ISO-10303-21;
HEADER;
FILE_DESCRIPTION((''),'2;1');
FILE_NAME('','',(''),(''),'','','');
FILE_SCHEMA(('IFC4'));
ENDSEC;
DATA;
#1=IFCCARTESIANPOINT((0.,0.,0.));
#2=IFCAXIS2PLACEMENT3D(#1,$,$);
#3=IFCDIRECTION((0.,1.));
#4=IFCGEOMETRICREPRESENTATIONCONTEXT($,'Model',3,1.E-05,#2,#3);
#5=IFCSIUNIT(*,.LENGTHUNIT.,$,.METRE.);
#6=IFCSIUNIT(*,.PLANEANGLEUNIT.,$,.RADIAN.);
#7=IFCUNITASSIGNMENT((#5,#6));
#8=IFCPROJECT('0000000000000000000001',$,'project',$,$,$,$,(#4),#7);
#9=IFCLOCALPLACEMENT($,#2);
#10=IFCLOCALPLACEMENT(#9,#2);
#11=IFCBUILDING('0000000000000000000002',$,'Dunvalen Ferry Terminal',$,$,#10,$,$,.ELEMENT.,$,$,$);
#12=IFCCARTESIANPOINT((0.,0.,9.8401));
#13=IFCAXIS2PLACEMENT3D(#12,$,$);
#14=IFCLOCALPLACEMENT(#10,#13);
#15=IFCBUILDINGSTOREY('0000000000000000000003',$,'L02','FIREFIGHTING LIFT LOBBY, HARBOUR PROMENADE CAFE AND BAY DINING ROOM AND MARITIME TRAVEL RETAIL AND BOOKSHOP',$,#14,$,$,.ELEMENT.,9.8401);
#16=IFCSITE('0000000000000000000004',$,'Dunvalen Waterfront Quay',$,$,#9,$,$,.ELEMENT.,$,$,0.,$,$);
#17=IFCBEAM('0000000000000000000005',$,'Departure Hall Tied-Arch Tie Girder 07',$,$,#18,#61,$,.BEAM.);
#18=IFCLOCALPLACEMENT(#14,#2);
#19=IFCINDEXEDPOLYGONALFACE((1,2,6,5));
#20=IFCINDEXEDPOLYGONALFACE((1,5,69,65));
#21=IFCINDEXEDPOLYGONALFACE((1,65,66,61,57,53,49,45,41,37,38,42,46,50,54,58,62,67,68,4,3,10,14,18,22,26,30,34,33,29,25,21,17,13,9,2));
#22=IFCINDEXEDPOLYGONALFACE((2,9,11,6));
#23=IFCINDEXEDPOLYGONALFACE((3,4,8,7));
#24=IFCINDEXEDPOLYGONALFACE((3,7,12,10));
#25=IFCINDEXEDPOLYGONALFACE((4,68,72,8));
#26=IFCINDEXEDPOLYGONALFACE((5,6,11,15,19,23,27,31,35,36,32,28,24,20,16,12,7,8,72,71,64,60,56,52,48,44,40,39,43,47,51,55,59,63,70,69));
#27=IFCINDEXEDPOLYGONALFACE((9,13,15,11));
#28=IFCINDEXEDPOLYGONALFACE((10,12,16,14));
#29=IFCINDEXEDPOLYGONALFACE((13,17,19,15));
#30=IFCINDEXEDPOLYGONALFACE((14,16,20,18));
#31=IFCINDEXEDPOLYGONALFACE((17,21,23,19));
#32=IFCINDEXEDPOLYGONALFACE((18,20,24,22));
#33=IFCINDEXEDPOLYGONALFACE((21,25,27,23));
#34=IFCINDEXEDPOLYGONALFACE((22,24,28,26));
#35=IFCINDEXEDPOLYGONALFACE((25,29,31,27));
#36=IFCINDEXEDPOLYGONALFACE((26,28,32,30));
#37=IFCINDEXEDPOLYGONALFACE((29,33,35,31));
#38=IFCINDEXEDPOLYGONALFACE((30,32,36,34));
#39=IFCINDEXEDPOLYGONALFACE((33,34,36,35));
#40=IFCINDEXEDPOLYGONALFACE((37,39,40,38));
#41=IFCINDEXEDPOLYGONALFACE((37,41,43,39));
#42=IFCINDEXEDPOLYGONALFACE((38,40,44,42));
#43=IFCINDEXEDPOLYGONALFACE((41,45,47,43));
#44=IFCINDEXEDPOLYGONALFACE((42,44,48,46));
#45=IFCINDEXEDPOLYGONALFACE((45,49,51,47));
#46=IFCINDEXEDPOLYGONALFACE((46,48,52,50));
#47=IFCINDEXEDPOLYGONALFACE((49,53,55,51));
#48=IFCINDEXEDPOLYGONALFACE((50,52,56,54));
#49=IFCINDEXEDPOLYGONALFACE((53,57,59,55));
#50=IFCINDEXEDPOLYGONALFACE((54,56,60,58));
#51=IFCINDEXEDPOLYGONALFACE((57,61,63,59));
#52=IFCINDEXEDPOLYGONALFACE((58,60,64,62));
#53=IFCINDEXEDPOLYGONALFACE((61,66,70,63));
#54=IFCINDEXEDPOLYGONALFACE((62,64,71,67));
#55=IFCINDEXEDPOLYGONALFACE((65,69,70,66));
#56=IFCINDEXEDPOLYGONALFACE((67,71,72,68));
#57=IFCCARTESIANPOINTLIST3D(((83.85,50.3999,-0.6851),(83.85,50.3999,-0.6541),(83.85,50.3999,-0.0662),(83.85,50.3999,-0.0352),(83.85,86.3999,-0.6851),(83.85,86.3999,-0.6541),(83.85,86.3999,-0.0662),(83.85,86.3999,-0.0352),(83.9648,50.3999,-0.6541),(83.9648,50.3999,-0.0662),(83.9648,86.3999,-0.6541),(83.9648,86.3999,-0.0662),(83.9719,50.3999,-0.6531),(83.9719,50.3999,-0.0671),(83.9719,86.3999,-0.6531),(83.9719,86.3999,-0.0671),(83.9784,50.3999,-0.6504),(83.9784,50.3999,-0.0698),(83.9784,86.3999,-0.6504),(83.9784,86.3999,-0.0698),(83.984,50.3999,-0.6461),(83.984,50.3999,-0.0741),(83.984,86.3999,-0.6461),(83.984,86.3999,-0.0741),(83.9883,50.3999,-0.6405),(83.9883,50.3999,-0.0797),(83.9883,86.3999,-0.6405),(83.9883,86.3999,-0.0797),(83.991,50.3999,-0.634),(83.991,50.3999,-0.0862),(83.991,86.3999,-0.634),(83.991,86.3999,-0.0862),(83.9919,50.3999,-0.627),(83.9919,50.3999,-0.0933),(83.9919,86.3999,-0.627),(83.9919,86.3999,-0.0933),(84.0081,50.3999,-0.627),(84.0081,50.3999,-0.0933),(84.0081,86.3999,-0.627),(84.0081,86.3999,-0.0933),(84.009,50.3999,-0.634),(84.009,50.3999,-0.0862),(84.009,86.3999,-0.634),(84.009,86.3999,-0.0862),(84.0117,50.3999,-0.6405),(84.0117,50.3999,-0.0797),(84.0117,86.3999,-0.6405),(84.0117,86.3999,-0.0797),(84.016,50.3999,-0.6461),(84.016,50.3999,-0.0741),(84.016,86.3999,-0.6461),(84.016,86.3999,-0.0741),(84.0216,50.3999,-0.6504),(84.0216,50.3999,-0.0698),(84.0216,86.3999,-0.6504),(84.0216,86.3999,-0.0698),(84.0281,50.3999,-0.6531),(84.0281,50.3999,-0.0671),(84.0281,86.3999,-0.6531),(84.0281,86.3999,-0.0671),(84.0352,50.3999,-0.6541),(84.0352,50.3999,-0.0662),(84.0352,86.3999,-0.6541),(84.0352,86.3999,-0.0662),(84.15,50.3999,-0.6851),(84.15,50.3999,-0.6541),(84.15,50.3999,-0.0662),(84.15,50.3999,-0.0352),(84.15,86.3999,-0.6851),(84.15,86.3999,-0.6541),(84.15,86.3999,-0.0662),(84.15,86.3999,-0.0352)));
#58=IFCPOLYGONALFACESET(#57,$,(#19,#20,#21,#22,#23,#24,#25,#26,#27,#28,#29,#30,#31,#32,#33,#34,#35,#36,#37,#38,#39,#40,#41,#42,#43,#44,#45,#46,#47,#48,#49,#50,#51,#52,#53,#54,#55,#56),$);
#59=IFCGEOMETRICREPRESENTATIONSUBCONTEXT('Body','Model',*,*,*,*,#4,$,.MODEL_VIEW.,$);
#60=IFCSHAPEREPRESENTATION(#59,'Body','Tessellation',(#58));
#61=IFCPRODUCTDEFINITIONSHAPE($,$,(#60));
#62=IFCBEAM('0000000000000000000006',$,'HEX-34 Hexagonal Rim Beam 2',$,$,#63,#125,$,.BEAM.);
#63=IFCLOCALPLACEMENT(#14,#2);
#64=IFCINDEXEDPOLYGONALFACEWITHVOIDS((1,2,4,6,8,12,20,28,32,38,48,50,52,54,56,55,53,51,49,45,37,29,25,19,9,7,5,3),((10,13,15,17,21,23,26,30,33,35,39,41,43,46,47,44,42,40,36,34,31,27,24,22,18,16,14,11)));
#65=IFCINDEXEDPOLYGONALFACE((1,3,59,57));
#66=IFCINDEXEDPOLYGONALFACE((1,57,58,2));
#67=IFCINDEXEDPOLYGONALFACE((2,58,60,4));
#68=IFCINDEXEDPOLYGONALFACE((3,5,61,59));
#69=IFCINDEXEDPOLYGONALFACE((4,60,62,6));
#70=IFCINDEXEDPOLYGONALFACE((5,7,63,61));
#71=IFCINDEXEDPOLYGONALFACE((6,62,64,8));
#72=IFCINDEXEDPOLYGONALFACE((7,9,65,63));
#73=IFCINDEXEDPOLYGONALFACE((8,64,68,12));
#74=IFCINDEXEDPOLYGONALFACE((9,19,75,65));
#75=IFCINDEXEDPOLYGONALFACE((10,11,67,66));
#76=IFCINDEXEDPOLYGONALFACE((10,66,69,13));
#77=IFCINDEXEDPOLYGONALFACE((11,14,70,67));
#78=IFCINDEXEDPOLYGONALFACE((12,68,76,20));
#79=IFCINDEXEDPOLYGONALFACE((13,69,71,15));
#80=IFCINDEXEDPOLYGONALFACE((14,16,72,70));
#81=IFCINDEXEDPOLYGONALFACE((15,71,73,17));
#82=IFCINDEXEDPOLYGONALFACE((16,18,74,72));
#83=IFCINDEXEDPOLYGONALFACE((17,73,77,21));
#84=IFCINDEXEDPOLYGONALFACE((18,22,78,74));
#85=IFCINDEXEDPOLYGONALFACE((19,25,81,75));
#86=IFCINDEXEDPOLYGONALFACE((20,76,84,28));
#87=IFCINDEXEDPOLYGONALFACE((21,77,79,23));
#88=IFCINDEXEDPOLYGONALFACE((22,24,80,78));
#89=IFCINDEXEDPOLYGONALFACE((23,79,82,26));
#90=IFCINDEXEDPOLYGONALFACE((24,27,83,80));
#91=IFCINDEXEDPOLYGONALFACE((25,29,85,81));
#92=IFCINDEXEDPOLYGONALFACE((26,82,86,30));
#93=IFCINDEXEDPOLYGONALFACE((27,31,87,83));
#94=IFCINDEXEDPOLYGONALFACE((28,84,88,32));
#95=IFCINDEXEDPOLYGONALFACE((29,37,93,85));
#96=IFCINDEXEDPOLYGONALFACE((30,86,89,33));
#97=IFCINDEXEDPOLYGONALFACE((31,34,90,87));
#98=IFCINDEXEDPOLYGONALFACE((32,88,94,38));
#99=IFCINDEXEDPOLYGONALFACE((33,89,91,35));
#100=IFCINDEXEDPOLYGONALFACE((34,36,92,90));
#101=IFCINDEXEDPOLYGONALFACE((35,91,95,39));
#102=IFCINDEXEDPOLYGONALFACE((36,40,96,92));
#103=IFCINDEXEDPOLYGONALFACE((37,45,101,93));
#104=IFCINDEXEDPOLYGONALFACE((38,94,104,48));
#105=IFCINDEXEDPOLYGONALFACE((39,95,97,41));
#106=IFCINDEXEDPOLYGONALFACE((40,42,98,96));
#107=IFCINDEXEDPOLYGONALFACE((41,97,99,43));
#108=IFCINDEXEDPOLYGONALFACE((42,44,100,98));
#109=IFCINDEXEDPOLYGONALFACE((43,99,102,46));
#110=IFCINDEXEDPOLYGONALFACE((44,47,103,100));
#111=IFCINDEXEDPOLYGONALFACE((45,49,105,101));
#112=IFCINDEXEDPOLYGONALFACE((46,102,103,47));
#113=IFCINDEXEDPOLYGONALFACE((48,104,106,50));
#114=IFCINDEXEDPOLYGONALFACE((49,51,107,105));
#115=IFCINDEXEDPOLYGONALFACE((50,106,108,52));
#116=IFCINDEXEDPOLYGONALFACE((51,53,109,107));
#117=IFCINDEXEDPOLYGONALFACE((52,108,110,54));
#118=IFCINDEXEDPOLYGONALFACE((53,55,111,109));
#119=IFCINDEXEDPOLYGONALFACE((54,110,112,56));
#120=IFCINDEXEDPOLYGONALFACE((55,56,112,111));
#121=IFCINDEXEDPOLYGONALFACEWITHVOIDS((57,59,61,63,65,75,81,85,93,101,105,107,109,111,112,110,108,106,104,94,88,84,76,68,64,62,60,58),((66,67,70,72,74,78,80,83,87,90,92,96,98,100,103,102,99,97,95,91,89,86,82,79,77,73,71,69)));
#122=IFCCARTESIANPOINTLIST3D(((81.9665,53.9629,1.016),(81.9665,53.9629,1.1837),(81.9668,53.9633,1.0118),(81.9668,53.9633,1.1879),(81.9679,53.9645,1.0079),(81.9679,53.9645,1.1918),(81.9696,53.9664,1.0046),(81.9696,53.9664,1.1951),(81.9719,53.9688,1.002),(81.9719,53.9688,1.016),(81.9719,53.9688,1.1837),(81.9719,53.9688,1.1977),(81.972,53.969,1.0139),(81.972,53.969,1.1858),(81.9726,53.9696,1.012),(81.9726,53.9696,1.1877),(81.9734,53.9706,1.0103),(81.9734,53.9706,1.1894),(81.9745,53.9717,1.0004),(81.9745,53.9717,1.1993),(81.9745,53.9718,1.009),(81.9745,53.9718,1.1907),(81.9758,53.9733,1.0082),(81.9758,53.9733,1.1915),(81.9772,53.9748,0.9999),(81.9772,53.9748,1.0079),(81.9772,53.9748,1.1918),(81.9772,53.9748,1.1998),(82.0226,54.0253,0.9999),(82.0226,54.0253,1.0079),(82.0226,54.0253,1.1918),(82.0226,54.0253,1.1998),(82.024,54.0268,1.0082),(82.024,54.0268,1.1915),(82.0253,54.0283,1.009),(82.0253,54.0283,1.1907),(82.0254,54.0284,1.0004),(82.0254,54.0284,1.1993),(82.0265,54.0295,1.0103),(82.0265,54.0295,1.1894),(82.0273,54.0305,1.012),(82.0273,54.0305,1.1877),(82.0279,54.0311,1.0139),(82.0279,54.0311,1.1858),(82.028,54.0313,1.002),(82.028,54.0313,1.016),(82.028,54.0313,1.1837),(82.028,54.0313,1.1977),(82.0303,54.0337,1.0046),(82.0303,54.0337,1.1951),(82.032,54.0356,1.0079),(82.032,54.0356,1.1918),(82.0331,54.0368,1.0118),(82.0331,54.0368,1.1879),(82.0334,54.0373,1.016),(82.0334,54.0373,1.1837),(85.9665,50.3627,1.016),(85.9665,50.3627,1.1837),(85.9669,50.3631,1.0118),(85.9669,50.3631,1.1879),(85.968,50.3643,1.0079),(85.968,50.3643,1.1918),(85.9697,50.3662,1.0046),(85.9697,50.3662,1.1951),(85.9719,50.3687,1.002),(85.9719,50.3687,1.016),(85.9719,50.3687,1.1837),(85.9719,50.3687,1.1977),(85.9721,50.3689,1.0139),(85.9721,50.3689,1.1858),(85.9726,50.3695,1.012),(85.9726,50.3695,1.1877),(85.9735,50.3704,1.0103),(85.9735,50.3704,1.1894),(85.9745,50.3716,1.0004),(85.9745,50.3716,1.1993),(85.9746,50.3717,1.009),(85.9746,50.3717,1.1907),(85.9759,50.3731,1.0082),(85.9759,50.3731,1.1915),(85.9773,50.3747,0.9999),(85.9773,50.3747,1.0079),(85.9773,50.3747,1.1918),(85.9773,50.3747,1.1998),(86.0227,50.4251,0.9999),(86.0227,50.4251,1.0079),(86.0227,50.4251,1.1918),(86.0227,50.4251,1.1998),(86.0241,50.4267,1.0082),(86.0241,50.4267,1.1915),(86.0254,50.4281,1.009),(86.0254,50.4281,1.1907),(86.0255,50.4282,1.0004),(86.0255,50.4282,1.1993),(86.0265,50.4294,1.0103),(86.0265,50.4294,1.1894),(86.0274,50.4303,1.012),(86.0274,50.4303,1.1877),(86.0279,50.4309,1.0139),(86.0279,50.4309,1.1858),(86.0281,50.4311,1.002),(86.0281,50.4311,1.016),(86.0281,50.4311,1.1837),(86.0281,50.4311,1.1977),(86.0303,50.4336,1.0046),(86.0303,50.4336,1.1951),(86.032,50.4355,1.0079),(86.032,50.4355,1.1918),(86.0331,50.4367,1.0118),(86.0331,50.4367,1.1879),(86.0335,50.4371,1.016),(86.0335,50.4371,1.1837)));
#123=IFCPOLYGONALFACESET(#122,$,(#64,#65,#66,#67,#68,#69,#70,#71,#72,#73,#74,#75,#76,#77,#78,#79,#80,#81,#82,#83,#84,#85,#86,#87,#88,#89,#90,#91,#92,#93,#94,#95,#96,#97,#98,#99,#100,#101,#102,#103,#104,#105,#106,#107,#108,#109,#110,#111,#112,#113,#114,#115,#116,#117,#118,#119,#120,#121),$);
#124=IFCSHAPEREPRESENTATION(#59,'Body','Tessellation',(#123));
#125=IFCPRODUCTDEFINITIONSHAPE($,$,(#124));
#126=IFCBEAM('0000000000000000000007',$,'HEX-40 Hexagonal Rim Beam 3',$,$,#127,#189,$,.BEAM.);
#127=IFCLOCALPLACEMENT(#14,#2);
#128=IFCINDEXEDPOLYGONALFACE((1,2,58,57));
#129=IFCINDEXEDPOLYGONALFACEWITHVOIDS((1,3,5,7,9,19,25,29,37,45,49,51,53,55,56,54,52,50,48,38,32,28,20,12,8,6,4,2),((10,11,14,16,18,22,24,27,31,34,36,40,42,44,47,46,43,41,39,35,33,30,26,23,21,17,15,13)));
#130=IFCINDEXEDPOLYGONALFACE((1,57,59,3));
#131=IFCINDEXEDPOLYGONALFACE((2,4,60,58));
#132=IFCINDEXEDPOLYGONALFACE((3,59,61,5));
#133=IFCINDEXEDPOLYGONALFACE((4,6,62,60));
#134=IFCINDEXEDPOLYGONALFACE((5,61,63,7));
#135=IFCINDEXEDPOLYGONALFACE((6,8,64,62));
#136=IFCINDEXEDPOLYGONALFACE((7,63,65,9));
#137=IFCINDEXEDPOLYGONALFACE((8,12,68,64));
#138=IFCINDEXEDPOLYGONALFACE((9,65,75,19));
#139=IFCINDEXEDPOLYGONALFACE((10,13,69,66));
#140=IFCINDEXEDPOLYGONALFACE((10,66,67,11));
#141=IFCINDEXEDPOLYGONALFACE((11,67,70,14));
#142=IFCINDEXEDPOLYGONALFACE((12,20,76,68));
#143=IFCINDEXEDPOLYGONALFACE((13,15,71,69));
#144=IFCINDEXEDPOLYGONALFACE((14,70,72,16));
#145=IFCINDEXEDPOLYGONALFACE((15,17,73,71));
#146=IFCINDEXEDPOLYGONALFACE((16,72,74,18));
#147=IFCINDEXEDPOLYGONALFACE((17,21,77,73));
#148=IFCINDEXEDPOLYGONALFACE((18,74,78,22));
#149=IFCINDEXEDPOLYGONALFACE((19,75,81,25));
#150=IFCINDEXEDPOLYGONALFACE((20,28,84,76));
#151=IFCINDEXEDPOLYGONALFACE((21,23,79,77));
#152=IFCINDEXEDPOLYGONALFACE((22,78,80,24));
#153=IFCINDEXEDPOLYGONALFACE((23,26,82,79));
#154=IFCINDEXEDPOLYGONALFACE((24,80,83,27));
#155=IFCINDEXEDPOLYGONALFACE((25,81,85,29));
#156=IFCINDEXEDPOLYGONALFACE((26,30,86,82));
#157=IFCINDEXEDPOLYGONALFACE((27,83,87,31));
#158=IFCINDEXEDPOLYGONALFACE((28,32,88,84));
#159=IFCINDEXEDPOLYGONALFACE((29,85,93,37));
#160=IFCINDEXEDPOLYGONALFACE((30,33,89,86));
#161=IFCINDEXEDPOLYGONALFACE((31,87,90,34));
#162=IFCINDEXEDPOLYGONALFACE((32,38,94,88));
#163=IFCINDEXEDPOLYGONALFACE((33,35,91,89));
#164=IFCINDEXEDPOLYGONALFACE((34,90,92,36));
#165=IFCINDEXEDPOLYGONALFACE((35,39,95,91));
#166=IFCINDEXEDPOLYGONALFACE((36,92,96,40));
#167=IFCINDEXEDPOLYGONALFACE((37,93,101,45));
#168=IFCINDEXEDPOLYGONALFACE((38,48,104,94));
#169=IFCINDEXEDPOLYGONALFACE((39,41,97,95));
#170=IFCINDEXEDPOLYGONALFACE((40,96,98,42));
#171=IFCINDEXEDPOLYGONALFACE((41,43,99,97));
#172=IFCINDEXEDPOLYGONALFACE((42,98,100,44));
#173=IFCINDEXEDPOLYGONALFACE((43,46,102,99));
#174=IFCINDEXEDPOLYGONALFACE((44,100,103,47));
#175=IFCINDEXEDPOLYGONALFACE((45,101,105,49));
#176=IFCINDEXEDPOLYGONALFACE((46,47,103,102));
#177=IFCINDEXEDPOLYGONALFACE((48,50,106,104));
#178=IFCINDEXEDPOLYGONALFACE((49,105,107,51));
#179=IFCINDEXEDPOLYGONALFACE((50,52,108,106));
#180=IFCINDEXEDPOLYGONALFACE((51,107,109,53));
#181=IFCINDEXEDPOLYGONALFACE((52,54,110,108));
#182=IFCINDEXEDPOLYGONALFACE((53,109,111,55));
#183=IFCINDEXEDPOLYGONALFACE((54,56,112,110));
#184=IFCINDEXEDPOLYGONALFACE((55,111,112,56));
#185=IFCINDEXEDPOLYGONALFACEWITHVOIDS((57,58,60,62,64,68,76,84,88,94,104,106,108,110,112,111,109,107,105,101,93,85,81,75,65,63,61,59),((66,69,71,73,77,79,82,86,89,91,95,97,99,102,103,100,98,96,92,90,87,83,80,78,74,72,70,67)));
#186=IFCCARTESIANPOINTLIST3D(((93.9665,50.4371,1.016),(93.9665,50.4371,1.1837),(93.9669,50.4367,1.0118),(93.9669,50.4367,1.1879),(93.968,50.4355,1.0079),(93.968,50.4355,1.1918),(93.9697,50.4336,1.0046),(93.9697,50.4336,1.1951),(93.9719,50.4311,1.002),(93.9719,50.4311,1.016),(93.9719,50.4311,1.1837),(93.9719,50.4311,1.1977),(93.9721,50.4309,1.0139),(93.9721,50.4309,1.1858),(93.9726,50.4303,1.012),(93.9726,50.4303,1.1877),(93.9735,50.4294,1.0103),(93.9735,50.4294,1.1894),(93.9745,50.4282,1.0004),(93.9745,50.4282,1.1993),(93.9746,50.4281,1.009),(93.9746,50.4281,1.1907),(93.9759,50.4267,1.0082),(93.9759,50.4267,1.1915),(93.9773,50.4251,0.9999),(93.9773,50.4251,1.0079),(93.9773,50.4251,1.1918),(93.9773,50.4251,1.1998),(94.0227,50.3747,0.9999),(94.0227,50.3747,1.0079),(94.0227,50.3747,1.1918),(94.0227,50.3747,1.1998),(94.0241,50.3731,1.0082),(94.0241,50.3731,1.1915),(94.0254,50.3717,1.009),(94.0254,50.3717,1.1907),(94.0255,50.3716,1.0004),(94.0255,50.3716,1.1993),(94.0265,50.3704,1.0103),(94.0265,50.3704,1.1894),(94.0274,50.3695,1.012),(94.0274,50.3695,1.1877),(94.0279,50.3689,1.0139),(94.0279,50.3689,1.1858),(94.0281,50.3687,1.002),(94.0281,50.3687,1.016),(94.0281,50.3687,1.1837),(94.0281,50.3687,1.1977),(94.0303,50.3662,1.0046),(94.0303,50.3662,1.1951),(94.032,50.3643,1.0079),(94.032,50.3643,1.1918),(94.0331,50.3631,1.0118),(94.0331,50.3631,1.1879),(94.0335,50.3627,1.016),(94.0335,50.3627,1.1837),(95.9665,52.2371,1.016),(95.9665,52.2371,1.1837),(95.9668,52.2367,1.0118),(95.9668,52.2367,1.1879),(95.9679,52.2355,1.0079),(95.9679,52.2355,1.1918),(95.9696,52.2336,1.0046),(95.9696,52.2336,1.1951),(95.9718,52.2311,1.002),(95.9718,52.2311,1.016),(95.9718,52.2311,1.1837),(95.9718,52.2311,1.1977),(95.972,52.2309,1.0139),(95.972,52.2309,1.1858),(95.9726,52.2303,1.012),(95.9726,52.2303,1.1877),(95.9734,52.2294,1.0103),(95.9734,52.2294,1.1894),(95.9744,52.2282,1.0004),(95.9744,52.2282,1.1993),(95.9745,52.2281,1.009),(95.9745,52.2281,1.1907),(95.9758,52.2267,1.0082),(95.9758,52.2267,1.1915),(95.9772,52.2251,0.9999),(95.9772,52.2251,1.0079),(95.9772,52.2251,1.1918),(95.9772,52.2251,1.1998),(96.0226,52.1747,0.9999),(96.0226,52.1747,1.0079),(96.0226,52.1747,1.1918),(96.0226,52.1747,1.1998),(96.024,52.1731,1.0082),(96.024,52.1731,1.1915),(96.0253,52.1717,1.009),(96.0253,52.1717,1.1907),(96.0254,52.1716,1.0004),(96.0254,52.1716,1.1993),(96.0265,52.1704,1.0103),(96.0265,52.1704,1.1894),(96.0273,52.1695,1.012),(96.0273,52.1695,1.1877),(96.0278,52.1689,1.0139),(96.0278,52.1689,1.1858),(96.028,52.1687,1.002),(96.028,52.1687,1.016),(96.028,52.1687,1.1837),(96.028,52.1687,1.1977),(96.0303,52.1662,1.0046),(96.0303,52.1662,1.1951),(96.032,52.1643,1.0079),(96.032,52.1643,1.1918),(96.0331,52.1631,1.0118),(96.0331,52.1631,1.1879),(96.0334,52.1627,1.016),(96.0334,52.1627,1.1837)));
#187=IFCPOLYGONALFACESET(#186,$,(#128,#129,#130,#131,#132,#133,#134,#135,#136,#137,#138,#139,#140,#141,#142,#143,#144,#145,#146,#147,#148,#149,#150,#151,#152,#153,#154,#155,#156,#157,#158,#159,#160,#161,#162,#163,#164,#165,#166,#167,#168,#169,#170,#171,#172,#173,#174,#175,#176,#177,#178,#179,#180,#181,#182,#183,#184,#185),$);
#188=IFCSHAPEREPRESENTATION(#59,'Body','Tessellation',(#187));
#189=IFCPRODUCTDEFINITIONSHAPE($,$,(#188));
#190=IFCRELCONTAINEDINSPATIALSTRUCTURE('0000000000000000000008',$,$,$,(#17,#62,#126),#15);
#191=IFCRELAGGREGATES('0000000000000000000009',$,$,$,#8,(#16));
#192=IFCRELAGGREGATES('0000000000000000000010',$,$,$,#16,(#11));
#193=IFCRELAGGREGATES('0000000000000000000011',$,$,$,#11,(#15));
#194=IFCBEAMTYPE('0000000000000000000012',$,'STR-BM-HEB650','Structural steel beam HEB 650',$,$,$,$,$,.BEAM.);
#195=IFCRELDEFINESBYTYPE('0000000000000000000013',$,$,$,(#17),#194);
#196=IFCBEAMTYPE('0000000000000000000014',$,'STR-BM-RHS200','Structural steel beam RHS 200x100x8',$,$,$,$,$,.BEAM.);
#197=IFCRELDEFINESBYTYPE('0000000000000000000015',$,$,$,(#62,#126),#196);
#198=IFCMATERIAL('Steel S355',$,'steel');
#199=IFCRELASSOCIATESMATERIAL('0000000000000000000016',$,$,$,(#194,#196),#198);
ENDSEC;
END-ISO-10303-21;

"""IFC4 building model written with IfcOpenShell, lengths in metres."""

from ifc_helpers import new_model, si_unit, direction, frame, origin, origin_2d, place, context, subcontext, project, spatial, hollow_rectangle, i_section, extrude, material, material_profile, profile_set, type_object, element, save


model = new_model("IFC4")

# Units and contexts
model_context = context("Model", 3, precision=1e-05, world=origin(), true_north=direction((0.0, 1.0)))
body_context = subcontext(model_context, "Body", "Model", "MODEL_VIEW")
ifc_project = project(units=[si_unit("LENGTHUNIT", "METRE"), si_unit("PLANEANGLEUNIT", "RADIAN")], contexts=[model_context])

# Site, building, storey
site_placement = place(None, origin())
site = spatial("IfcSite", under=ifc_project, at=site_placement, Name="Dunvalen Waterfront Quay", CompositionType="ELEMENT", RefElevation=0.0)
building_placement = place(site_placement, origin())
building = spatial("IfcBuilding", under=site, at=building_placement, Name="Dunvalen Ferry Terminal", CompositionType="ELEMENT")
storey_placement = place(building_placement, frame((0.0, 0.0, 9.8401)))
storey = spatial("IfcBuildingStorey", under=building, at=storey_placement, Name="L02", Description="FIREFIGHTING LIFT LOBBY, HARBOUR PROMENADE CAFE AND BAY DINING ROOM AND MARITIME TRAVEL RETAIL AND BOOKSHOP", CompositionType="ELEMENT", Elevation=9.8401)

# Beams
ifc_material_1 = material(Name="Steel S355", Category="steel")
ifc_material_profile_1 = material_profile(ifc_material_1, i_section(OverallWidth=0.3, OverallDepth=0.6499, WebThickness=0.0161, FlangeThickness=0.031, FilletRadius=0.0271, at=origin_2d()), Name="Steel S355")
ifc_profile_set_1 = profile_set([ifc_material_profile_1], Name="Steel S355")
beam_type_1 = type_object("IfcBeamType", Name="STR-BM-HEB650", Description="Structural steel beam HEB 650", PredefinedType="BEAM", material=ifc_profile_set_1)
beam_1_placement = place(storey_placement, frame((84.0, 50.3999, -0.3601), z_axis=(0.0, 1.0, 0.0), x_axis=(-1.0, 0.0, 0.0)))
element("IfcBeam", 1, at=beam_1_placement, inside=storey, type_object=beam_type_1, Name="Departure Hall Tied-Arch Tie Girder 07", PredefinedType="BEAM", context=body_context, shape_type="SweptSolid", body=[
    extrude(i_section(OverallWidth=0.3, OverallDepth=0.6499, WebThickness=0.0161, FlangeThickness=0.031, FilletRadius=0.0271, at=origin_2d()), origin(), (0.0, 0.0, 1.0), 36.0),
])
ifc_material_profile_2 = material_profile(ifc_material_1, hollow_rectangle(XDim=0.1001, YDim=0.2, WallThickness=0.0081, InnerFilletRadius=0.0081, OuterFilletRadius=0.0161, at=origin_2d()), Name="Steel S355")
ifc_profile_set_2 = profile_set([ifc_material_profile_2], Name="Steel S355")
beam_type_2 = type_object("IfcBeamType", Name="STR-BM-RHS200", Description="Structural steel beam RHS 200x100x8", PredefinedType="BEAM", material=ifc_profile_set_2)
beam_2_placement = place(storey_placement, frame((86.0, 50.3999, 1.0999), z_axis=(-0.743285, 0.668975, 0.0), x_axis=(-0.668975, -0.743285, 0.0)))
element("IfcBeam", 2, at=beam_2_placement, inside=storey, type_object=beam_type_2, Name="HEX-34 Hexagonal Rim Beam 2", PredefinedType="BEAM", context=body_context, shape_type="SweptSolid", body=[
    extrude(hollow_rectangle(XDim=0.1001, YDim=0.2, WallThickness=0.0081, InnerFilletRadius=0.0081, OuterFilletRadius=0.0161, at=origin_2d()), origin(), (0.0, 0.0, 1.0), 5.3816),
])
beam_3_placement = place(storey_placement, frame((94.0, 50.3999, 1.0999), z_axis=(0.743285, 0.668975, 0.0), x_axis=(-0.668975, 0.743285, 0.0)))
element("IfcBeam", 3, at=beam_3_placement, inside=storey, type_object=beam_type_2, Name="HEX-40 Hexagonal Rim Beam 3", PredefinedType="BEAM", context=body_context, shape_type="SweptSolid", body=[
    extrude(hollow_rectangle(XDim=0.1001, YDim=0.2, WallThickness=0.0081, InnerFilletRadius=0.0081, OuterFilletRadius=0.0161, at=origin_2d()), origin(), (0.0, 0.0, 1.0), 2.6907),
])

save(model, "model.ifc")
